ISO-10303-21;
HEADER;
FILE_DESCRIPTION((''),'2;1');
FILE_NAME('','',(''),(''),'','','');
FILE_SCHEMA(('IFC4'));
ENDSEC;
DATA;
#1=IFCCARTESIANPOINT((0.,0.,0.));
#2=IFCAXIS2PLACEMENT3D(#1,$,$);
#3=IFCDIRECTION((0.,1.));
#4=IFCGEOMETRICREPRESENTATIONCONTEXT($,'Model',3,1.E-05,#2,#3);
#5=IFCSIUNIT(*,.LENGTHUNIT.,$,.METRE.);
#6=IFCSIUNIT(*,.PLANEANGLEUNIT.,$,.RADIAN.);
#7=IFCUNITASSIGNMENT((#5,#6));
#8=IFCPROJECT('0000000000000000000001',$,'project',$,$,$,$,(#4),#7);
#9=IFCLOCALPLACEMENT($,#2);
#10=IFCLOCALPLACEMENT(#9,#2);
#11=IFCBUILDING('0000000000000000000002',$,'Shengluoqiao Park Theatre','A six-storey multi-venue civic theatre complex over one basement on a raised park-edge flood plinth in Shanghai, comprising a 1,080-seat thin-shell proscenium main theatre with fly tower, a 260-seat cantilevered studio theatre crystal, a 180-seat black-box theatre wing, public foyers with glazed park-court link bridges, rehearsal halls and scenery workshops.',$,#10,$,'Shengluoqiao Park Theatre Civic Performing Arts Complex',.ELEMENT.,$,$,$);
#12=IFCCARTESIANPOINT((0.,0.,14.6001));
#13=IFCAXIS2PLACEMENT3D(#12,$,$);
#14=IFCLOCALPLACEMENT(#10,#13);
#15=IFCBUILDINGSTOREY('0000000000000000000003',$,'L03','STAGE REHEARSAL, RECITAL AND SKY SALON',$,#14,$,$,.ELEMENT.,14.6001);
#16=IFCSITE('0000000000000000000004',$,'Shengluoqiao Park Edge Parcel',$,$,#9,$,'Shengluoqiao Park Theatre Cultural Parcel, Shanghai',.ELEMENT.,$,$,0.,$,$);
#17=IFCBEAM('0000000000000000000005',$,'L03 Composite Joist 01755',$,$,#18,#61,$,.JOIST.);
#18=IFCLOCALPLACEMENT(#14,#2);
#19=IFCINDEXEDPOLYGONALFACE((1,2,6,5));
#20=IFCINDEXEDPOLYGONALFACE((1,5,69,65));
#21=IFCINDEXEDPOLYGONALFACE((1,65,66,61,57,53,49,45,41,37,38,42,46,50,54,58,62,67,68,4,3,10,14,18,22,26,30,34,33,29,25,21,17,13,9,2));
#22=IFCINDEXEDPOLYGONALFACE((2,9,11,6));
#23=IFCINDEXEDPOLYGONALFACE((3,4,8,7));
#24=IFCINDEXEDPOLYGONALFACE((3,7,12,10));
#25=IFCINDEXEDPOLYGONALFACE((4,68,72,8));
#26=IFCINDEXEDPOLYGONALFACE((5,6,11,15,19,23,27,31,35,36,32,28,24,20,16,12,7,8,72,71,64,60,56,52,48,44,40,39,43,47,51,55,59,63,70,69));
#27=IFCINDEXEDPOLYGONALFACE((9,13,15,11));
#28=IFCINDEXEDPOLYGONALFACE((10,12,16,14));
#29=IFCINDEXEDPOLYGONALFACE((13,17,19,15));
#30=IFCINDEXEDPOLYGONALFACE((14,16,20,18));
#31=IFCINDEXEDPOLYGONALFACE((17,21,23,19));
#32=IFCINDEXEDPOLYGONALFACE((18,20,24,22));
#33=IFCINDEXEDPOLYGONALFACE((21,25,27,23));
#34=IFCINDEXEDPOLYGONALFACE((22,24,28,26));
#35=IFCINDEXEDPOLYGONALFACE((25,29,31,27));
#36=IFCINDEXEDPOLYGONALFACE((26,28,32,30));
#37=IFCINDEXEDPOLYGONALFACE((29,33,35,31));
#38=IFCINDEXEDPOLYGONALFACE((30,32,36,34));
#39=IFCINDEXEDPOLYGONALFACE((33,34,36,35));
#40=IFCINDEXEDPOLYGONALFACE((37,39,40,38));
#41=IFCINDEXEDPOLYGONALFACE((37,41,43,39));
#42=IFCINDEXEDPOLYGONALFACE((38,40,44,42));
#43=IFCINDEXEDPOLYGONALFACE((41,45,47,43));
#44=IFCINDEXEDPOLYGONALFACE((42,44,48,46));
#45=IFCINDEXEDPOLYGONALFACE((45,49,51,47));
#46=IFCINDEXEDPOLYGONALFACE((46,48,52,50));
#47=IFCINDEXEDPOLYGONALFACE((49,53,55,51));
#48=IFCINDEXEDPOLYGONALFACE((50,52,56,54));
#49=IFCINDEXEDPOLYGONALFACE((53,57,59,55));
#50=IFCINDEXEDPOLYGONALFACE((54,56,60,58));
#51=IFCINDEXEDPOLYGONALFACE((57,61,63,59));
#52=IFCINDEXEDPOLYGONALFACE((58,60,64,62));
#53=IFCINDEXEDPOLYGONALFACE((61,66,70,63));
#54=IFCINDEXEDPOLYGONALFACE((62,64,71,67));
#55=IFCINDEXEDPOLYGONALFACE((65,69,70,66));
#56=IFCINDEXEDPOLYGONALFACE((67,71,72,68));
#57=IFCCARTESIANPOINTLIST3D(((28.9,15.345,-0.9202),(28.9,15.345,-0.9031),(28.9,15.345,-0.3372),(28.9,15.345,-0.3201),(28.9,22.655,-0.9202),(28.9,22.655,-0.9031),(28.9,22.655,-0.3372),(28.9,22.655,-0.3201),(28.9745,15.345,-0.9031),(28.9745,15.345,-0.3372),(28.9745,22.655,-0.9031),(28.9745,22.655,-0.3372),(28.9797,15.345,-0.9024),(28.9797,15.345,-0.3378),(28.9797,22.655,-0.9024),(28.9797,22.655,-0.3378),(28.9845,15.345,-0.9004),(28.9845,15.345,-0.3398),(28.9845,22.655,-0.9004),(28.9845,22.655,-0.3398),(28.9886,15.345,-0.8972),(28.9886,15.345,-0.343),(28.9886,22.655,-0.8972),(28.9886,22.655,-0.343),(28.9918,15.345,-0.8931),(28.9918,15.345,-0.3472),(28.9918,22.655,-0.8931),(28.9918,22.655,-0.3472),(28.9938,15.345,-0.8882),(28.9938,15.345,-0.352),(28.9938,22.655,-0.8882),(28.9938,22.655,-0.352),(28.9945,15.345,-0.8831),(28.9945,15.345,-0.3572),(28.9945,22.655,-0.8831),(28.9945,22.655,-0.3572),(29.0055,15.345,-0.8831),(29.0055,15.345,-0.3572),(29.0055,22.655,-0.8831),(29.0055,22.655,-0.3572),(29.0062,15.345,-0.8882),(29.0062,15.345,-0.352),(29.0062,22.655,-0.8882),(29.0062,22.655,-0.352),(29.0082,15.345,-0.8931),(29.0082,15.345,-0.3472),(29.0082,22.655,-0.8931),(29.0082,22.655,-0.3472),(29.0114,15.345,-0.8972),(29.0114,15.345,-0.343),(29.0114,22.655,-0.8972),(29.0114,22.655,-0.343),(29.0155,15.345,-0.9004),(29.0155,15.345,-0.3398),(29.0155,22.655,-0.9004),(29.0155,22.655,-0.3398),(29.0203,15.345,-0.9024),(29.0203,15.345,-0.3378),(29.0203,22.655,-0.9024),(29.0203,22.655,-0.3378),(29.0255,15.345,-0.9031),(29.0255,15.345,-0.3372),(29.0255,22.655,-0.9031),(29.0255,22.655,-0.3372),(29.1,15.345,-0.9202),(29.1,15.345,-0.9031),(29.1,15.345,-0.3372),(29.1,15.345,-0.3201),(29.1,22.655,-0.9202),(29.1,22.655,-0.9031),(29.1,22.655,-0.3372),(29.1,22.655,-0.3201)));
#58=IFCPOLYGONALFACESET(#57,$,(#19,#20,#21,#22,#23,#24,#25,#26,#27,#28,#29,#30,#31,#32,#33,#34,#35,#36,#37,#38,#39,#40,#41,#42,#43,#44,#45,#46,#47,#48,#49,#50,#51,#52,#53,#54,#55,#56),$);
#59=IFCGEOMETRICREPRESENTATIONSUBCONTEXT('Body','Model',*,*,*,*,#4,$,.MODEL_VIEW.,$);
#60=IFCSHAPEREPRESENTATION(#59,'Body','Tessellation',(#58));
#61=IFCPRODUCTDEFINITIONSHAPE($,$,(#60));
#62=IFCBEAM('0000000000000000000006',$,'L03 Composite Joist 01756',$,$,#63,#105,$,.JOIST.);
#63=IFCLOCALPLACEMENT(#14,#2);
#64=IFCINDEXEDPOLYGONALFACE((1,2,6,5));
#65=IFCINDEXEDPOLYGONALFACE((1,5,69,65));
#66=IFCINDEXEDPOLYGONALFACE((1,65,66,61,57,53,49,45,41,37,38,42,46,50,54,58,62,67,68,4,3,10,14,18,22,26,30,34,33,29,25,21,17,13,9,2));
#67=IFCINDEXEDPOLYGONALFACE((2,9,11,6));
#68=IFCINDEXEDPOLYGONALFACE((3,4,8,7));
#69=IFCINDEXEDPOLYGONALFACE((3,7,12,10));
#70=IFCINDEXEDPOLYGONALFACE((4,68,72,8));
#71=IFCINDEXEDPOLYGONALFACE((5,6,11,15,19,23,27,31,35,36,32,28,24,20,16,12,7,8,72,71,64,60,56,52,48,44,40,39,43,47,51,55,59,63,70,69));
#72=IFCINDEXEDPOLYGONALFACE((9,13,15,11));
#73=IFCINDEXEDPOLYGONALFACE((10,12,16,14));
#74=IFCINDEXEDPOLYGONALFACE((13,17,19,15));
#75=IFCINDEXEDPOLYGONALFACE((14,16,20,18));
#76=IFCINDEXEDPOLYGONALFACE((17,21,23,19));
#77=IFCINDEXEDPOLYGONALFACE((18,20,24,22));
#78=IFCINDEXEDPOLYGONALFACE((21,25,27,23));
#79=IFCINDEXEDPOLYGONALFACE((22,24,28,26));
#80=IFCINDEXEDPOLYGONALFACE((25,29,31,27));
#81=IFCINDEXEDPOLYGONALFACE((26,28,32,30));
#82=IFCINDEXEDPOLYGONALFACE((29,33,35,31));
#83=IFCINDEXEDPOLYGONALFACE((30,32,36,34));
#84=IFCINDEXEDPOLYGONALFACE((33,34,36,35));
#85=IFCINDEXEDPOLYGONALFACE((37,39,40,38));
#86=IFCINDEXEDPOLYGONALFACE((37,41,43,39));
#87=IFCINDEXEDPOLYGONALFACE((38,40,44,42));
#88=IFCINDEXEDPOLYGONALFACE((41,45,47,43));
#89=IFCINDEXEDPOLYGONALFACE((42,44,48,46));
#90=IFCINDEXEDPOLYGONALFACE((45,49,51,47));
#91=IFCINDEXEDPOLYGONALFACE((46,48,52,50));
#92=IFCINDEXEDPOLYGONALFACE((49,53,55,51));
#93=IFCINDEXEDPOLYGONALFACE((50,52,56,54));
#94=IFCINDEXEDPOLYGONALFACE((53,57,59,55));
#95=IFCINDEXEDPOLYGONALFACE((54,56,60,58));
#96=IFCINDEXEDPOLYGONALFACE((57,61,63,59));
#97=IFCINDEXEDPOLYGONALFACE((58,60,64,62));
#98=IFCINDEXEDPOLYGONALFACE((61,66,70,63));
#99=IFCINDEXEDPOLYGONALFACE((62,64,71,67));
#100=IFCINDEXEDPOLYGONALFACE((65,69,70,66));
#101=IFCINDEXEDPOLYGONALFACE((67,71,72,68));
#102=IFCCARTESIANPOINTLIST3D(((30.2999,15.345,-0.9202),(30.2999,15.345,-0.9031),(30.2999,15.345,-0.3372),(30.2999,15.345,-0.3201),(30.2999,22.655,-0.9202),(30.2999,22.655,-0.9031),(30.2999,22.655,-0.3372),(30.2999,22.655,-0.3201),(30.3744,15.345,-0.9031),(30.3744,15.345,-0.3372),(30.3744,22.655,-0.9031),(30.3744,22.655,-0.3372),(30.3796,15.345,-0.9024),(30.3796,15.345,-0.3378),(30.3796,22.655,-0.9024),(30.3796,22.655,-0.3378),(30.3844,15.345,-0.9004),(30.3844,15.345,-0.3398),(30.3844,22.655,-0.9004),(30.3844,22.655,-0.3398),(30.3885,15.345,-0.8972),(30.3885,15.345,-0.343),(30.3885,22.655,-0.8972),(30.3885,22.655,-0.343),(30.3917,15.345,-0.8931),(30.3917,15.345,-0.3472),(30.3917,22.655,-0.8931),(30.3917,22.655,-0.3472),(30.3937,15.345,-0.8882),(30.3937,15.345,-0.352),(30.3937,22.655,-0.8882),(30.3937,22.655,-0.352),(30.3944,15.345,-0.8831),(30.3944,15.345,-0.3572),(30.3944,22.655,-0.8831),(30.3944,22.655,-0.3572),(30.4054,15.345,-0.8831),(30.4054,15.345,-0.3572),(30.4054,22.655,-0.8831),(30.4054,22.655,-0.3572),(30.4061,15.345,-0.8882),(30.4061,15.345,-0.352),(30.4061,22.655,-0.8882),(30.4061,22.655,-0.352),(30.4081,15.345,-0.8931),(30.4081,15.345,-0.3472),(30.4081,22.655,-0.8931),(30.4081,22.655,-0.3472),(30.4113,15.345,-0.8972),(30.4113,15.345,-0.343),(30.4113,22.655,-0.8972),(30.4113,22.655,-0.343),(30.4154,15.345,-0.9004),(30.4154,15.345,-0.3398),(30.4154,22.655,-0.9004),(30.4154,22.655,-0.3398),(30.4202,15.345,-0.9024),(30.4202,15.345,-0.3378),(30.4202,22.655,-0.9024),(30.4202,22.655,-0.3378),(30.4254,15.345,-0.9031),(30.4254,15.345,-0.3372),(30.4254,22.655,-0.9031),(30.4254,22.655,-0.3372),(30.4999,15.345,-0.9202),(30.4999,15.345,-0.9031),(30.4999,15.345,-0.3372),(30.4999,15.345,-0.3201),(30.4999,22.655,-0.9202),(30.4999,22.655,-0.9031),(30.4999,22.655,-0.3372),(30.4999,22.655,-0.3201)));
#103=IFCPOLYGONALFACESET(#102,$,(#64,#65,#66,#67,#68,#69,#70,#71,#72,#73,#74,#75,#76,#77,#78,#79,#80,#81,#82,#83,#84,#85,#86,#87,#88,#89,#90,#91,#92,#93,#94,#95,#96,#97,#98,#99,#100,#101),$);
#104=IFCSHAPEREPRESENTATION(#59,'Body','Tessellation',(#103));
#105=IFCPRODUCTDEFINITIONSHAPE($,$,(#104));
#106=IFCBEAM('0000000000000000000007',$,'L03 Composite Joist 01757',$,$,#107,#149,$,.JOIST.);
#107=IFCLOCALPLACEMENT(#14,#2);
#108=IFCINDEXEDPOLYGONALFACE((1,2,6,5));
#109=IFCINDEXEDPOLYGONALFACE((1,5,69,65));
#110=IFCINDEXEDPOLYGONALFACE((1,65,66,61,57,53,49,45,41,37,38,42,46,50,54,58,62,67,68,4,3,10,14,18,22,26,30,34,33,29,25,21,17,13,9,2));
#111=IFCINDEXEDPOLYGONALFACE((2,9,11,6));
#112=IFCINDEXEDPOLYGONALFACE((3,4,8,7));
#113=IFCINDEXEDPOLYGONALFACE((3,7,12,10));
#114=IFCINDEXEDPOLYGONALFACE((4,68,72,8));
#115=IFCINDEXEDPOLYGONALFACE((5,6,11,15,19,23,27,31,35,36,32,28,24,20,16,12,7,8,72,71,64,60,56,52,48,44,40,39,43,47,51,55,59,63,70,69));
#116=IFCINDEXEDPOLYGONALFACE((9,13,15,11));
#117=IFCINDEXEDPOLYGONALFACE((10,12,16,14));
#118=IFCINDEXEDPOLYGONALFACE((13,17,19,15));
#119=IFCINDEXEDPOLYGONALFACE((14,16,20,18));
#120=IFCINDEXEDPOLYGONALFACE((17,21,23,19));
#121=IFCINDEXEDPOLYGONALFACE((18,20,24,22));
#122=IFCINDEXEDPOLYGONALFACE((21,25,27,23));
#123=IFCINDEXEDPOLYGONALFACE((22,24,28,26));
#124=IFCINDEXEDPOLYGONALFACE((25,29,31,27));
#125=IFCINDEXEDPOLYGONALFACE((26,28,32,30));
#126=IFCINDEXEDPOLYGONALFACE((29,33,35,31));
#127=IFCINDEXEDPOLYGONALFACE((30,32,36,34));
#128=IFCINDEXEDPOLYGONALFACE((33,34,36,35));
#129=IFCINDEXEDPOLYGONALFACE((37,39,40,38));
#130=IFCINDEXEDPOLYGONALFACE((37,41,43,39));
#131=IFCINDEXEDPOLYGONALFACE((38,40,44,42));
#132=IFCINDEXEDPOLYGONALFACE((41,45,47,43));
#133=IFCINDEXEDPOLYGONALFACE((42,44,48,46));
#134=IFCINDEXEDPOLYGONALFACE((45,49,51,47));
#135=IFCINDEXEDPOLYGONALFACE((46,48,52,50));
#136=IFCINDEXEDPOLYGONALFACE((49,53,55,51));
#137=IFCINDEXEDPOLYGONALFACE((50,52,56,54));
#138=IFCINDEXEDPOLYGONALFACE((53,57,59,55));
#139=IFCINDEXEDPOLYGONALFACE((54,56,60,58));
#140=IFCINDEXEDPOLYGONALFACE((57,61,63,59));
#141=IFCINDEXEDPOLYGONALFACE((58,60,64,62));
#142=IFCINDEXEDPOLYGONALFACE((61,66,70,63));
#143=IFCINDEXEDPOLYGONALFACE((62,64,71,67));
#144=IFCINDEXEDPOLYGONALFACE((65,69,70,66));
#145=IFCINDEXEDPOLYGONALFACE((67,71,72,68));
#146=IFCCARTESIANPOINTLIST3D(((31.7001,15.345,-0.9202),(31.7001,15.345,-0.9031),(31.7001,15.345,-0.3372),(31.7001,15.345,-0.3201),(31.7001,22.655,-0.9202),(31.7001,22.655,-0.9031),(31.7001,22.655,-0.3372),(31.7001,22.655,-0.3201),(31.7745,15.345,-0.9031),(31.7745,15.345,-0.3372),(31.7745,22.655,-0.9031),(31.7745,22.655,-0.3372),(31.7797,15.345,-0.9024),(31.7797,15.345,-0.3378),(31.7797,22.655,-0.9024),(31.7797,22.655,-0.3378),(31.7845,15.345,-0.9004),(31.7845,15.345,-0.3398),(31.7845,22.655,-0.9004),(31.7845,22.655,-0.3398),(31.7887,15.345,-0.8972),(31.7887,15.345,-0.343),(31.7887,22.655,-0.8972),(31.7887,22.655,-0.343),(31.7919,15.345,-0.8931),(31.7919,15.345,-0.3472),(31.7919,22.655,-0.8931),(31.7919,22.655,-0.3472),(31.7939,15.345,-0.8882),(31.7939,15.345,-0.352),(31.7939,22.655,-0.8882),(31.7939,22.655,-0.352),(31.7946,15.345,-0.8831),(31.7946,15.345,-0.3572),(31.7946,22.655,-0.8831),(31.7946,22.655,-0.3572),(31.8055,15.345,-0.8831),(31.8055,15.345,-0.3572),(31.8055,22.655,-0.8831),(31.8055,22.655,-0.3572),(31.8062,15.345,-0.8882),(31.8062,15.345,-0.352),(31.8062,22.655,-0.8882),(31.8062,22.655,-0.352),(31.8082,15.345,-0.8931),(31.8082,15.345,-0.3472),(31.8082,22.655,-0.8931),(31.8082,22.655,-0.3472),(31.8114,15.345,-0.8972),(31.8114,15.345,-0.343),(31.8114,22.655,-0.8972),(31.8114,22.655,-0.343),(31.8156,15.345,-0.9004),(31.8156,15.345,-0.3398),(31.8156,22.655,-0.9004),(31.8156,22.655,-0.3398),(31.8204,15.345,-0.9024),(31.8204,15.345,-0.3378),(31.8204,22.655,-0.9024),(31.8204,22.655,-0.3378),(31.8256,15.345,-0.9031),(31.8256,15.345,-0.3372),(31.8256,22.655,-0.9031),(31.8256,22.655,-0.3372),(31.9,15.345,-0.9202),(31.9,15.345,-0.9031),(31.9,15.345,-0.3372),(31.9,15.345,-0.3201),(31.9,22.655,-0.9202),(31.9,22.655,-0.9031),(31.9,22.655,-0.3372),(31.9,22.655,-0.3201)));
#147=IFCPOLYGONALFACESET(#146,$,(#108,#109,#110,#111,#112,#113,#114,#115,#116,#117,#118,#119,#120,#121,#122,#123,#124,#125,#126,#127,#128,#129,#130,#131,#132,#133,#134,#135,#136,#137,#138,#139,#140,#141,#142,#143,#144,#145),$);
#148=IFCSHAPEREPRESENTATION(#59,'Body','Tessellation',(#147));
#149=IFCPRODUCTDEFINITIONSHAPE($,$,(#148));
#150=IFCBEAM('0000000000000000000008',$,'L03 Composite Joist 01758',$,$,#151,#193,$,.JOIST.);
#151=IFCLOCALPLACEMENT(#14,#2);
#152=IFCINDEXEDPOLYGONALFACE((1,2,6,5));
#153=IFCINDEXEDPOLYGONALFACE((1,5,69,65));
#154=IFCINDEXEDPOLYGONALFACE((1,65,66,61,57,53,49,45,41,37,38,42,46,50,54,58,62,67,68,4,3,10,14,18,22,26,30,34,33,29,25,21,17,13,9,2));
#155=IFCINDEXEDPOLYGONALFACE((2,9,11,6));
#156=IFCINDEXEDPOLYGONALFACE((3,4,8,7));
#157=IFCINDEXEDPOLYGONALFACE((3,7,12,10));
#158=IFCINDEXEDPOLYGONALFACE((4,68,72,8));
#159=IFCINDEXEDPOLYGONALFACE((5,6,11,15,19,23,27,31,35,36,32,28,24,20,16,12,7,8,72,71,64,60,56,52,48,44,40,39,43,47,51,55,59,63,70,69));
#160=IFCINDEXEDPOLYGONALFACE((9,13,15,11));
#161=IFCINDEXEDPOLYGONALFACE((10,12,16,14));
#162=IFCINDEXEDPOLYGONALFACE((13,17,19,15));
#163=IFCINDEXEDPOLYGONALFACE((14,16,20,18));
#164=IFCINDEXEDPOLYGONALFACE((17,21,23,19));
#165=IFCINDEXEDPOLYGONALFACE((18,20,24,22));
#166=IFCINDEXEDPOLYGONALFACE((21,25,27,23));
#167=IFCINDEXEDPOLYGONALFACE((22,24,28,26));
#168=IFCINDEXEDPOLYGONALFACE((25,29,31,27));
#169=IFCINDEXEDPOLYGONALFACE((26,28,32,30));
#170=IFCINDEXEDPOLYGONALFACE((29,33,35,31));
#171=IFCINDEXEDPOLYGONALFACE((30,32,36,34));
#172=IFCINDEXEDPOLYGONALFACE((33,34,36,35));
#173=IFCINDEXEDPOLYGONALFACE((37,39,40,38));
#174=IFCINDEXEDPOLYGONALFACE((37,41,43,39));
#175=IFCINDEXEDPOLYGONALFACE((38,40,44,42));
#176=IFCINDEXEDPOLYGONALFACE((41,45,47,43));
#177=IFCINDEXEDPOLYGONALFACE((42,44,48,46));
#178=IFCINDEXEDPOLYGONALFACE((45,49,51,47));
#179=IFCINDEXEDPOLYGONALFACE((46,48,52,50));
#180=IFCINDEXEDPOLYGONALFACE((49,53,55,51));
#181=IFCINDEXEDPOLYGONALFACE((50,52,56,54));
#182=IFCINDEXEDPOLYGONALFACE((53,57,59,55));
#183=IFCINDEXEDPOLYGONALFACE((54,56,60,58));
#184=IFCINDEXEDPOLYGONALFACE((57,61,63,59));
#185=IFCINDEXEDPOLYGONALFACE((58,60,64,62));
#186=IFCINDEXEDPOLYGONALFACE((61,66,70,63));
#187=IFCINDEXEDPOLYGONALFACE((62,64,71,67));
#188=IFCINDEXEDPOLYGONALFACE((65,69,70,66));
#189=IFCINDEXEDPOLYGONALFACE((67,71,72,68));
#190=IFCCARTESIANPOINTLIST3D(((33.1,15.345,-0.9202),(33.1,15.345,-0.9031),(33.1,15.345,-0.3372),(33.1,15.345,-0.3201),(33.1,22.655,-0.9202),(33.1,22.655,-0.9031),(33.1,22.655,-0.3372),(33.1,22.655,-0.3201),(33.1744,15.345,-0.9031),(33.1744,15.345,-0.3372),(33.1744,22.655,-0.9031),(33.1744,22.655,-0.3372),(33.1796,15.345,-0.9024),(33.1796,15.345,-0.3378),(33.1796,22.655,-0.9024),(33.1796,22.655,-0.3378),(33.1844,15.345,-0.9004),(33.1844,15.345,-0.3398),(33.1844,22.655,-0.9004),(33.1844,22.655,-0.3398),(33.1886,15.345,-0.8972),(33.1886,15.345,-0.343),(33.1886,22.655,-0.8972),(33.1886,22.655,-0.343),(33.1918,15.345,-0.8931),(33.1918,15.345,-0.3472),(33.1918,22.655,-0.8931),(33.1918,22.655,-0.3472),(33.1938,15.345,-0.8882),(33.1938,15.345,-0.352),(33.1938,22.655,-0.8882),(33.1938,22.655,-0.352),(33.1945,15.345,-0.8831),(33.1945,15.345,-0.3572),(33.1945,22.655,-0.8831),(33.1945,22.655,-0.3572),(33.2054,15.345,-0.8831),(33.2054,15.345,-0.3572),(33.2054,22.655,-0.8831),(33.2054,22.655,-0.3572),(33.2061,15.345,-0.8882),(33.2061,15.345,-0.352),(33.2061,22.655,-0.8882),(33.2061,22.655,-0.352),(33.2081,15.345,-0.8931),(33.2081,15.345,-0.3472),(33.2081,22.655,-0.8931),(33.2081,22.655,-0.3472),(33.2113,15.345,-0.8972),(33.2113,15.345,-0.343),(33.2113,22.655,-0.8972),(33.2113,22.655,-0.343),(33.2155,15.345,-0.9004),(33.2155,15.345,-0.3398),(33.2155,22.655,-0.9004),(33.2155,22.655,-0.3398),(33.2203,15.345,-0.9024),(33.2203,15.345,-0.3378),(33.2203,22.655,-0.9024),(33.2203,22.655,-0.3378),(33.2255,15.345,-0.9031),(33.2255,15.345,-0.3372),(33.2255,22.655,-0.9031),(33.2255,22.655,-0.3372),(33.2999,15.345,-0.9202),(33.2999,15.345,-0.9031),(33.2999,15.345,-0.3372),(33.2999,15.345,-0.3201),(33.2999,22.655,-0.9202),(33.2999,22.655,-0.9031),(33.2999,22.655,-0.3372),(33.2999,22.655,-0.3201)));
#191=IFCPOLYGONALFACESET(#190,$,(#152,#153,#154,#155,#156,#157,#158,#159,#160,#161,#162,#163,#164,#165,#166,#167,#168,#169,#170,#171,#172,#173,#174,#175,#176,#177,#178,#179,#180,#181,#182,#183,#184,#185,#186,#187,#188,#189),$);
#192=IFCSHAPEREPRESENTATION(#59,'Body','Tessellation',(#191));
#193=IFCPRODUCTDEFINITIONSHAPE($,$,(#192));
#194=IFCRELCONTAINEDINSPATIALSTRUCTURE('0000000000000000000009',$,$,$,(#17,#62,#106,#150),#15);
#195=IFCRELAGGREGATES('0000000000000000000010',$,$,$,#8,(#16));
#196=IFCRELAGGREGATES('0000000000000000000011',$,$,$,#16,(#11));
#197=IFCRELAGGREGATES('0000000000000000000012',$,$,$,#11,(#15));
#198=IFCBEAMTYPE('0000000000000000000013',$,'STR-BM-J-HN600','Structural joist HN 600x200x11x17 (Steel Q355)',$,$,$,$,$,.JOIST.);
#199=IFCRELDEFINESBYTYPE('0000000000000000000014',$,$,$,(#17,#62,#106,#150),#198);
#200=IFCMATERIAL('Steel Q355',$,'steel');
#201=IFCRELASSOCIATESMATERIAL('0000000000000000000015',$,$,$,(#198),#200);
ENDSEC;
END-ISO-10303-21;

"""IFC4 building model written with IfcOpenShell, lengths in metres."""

from ifc_helpers import new_model, si_unit, direction, frame, origin, origin_2d, place, context, subcontext, project, spatial, i_section, extrude, material, material_profile, profile_set, type_object, element, save


model = new_model("IFC4")

# Units and contexts
model_context = context("Model", 3, precision=1e-05, world=origin(), true_north=direction((0.0, 1.0)))
body_context = subcontext(model_context, "Body", "Model", "MODEL_VIEW")
ifc_project = project(units=[si_unit("LENGTHUNIT", "METRE"), si_unit("PLANEANGLEUNIT", "RADIAN")], contexts=[model_context])

# Site, building, storey
site_placement = place(None, origin())
site = spatial("IfcSite", under=ifc_project, at=site_placement, Name="Shengluoqiao Park Edge Parcel", LongName="Shengluoqiao Park Theatre Cultural Parcel, Shanghai", CompositionType="ELEMENT", RefElevation=0.0)
building_placement = place(site_placement, origin())
building = spatial("IfcBuilding", under=site, at=building_placement, Name="Shengluoqiao Park Theatre", Description="A six-storey multi-venue civic theatre complex over one basement on a raised park-edge flood plinth in Shanghai, comprising a 1,080-seat thin-shell proscenium main theatre with fly tower, a 260-seat cantilevered studio theatre crystal, a 180-seat black-box theatre wing, public foyers with glazed park-court link bridges, rehearsal halls and scenery workshops.", LongName="Shengluoqiao Park Theatre Civic Performing Arts Complex", CompositionType="ELEMENT")
storey_placement = place(building_placement, frame((0.0, 0.0, 14.6001)))
storey = spatial("IfcBuildingStorey", under=building, at=storey_placement, Name="L03", Description="STAGE REHEARSAL, RECITAL AND SKY SALON", CompositionType="ELEMENT", Elevation=14.6001)

# Beams
ifc_material_1 = material(Name="Steel Q355", Category="steel")
ifc_material_profile_1 = material_profile(ifc_material_1, i_section(OverallWidth=0.2, OverallDepth=0.6001, WebThickness=0.011, FlangeThickness=0.0171, FilletRadius=0.02, at=origin_2d()), Name="HN 600x200x11x17")
ifc_profile_set_1 = profile_set([ifc_material_profile_1], Name="Steel Q355")
beam_type_1 = type_object("IfcBeamType", Name="STR-BM-J-HN600", Description="Structural joist HN 600x200x11x17 (Steel Q355)", PredefinedType="JOIST", material=ifc_profile_set_1)
for number, where, z_axis, x_axis, name in (
    (1, (29.0, 15.345, -0.6201), (0.0, 1.0, 0.0), (-1.0, 0.0, 0.0), "L03 Composite Joist 01755"),
    (2, (30.3999, 15.345, -0.6201), (0.0, 1.0, 0.0), (-1.0, 0.0, 0.0), "L03 Composite Joist 01756"),
    (3, (31.8, 15.345, -0.6201), (0.0, 1.0, 0.0), (-1.0, 0.0, 0.0), "L03 Composite Joist 01757"),
    (4, (33.2, 15.345, -0.6201), (0.0, 1.0, 0.0), (-1.0, 0.0, 0.0), "L03 Composite Joist 01758"),
):
    element("IfcBeam", number, at=place(storey_placement, frame(where, z_axis=z_axis, x_axis=x_axis)), inside=storey, type_object=beam_type_1, Name=name, PredefinedType="JOIST", context=body_context, shape_type="SweptSolid", body=[
        extrude(i_section(OverallWidth=0.2, OverallDepth=0.6001, WebThickness=0.011, FlangeThickness=0.0171, FilletRadius=0.02, at=origin_2d()), origin(), (0.0, 0.0, 1.0), 7.3101),
    ])

save(model, "model.ifc")
